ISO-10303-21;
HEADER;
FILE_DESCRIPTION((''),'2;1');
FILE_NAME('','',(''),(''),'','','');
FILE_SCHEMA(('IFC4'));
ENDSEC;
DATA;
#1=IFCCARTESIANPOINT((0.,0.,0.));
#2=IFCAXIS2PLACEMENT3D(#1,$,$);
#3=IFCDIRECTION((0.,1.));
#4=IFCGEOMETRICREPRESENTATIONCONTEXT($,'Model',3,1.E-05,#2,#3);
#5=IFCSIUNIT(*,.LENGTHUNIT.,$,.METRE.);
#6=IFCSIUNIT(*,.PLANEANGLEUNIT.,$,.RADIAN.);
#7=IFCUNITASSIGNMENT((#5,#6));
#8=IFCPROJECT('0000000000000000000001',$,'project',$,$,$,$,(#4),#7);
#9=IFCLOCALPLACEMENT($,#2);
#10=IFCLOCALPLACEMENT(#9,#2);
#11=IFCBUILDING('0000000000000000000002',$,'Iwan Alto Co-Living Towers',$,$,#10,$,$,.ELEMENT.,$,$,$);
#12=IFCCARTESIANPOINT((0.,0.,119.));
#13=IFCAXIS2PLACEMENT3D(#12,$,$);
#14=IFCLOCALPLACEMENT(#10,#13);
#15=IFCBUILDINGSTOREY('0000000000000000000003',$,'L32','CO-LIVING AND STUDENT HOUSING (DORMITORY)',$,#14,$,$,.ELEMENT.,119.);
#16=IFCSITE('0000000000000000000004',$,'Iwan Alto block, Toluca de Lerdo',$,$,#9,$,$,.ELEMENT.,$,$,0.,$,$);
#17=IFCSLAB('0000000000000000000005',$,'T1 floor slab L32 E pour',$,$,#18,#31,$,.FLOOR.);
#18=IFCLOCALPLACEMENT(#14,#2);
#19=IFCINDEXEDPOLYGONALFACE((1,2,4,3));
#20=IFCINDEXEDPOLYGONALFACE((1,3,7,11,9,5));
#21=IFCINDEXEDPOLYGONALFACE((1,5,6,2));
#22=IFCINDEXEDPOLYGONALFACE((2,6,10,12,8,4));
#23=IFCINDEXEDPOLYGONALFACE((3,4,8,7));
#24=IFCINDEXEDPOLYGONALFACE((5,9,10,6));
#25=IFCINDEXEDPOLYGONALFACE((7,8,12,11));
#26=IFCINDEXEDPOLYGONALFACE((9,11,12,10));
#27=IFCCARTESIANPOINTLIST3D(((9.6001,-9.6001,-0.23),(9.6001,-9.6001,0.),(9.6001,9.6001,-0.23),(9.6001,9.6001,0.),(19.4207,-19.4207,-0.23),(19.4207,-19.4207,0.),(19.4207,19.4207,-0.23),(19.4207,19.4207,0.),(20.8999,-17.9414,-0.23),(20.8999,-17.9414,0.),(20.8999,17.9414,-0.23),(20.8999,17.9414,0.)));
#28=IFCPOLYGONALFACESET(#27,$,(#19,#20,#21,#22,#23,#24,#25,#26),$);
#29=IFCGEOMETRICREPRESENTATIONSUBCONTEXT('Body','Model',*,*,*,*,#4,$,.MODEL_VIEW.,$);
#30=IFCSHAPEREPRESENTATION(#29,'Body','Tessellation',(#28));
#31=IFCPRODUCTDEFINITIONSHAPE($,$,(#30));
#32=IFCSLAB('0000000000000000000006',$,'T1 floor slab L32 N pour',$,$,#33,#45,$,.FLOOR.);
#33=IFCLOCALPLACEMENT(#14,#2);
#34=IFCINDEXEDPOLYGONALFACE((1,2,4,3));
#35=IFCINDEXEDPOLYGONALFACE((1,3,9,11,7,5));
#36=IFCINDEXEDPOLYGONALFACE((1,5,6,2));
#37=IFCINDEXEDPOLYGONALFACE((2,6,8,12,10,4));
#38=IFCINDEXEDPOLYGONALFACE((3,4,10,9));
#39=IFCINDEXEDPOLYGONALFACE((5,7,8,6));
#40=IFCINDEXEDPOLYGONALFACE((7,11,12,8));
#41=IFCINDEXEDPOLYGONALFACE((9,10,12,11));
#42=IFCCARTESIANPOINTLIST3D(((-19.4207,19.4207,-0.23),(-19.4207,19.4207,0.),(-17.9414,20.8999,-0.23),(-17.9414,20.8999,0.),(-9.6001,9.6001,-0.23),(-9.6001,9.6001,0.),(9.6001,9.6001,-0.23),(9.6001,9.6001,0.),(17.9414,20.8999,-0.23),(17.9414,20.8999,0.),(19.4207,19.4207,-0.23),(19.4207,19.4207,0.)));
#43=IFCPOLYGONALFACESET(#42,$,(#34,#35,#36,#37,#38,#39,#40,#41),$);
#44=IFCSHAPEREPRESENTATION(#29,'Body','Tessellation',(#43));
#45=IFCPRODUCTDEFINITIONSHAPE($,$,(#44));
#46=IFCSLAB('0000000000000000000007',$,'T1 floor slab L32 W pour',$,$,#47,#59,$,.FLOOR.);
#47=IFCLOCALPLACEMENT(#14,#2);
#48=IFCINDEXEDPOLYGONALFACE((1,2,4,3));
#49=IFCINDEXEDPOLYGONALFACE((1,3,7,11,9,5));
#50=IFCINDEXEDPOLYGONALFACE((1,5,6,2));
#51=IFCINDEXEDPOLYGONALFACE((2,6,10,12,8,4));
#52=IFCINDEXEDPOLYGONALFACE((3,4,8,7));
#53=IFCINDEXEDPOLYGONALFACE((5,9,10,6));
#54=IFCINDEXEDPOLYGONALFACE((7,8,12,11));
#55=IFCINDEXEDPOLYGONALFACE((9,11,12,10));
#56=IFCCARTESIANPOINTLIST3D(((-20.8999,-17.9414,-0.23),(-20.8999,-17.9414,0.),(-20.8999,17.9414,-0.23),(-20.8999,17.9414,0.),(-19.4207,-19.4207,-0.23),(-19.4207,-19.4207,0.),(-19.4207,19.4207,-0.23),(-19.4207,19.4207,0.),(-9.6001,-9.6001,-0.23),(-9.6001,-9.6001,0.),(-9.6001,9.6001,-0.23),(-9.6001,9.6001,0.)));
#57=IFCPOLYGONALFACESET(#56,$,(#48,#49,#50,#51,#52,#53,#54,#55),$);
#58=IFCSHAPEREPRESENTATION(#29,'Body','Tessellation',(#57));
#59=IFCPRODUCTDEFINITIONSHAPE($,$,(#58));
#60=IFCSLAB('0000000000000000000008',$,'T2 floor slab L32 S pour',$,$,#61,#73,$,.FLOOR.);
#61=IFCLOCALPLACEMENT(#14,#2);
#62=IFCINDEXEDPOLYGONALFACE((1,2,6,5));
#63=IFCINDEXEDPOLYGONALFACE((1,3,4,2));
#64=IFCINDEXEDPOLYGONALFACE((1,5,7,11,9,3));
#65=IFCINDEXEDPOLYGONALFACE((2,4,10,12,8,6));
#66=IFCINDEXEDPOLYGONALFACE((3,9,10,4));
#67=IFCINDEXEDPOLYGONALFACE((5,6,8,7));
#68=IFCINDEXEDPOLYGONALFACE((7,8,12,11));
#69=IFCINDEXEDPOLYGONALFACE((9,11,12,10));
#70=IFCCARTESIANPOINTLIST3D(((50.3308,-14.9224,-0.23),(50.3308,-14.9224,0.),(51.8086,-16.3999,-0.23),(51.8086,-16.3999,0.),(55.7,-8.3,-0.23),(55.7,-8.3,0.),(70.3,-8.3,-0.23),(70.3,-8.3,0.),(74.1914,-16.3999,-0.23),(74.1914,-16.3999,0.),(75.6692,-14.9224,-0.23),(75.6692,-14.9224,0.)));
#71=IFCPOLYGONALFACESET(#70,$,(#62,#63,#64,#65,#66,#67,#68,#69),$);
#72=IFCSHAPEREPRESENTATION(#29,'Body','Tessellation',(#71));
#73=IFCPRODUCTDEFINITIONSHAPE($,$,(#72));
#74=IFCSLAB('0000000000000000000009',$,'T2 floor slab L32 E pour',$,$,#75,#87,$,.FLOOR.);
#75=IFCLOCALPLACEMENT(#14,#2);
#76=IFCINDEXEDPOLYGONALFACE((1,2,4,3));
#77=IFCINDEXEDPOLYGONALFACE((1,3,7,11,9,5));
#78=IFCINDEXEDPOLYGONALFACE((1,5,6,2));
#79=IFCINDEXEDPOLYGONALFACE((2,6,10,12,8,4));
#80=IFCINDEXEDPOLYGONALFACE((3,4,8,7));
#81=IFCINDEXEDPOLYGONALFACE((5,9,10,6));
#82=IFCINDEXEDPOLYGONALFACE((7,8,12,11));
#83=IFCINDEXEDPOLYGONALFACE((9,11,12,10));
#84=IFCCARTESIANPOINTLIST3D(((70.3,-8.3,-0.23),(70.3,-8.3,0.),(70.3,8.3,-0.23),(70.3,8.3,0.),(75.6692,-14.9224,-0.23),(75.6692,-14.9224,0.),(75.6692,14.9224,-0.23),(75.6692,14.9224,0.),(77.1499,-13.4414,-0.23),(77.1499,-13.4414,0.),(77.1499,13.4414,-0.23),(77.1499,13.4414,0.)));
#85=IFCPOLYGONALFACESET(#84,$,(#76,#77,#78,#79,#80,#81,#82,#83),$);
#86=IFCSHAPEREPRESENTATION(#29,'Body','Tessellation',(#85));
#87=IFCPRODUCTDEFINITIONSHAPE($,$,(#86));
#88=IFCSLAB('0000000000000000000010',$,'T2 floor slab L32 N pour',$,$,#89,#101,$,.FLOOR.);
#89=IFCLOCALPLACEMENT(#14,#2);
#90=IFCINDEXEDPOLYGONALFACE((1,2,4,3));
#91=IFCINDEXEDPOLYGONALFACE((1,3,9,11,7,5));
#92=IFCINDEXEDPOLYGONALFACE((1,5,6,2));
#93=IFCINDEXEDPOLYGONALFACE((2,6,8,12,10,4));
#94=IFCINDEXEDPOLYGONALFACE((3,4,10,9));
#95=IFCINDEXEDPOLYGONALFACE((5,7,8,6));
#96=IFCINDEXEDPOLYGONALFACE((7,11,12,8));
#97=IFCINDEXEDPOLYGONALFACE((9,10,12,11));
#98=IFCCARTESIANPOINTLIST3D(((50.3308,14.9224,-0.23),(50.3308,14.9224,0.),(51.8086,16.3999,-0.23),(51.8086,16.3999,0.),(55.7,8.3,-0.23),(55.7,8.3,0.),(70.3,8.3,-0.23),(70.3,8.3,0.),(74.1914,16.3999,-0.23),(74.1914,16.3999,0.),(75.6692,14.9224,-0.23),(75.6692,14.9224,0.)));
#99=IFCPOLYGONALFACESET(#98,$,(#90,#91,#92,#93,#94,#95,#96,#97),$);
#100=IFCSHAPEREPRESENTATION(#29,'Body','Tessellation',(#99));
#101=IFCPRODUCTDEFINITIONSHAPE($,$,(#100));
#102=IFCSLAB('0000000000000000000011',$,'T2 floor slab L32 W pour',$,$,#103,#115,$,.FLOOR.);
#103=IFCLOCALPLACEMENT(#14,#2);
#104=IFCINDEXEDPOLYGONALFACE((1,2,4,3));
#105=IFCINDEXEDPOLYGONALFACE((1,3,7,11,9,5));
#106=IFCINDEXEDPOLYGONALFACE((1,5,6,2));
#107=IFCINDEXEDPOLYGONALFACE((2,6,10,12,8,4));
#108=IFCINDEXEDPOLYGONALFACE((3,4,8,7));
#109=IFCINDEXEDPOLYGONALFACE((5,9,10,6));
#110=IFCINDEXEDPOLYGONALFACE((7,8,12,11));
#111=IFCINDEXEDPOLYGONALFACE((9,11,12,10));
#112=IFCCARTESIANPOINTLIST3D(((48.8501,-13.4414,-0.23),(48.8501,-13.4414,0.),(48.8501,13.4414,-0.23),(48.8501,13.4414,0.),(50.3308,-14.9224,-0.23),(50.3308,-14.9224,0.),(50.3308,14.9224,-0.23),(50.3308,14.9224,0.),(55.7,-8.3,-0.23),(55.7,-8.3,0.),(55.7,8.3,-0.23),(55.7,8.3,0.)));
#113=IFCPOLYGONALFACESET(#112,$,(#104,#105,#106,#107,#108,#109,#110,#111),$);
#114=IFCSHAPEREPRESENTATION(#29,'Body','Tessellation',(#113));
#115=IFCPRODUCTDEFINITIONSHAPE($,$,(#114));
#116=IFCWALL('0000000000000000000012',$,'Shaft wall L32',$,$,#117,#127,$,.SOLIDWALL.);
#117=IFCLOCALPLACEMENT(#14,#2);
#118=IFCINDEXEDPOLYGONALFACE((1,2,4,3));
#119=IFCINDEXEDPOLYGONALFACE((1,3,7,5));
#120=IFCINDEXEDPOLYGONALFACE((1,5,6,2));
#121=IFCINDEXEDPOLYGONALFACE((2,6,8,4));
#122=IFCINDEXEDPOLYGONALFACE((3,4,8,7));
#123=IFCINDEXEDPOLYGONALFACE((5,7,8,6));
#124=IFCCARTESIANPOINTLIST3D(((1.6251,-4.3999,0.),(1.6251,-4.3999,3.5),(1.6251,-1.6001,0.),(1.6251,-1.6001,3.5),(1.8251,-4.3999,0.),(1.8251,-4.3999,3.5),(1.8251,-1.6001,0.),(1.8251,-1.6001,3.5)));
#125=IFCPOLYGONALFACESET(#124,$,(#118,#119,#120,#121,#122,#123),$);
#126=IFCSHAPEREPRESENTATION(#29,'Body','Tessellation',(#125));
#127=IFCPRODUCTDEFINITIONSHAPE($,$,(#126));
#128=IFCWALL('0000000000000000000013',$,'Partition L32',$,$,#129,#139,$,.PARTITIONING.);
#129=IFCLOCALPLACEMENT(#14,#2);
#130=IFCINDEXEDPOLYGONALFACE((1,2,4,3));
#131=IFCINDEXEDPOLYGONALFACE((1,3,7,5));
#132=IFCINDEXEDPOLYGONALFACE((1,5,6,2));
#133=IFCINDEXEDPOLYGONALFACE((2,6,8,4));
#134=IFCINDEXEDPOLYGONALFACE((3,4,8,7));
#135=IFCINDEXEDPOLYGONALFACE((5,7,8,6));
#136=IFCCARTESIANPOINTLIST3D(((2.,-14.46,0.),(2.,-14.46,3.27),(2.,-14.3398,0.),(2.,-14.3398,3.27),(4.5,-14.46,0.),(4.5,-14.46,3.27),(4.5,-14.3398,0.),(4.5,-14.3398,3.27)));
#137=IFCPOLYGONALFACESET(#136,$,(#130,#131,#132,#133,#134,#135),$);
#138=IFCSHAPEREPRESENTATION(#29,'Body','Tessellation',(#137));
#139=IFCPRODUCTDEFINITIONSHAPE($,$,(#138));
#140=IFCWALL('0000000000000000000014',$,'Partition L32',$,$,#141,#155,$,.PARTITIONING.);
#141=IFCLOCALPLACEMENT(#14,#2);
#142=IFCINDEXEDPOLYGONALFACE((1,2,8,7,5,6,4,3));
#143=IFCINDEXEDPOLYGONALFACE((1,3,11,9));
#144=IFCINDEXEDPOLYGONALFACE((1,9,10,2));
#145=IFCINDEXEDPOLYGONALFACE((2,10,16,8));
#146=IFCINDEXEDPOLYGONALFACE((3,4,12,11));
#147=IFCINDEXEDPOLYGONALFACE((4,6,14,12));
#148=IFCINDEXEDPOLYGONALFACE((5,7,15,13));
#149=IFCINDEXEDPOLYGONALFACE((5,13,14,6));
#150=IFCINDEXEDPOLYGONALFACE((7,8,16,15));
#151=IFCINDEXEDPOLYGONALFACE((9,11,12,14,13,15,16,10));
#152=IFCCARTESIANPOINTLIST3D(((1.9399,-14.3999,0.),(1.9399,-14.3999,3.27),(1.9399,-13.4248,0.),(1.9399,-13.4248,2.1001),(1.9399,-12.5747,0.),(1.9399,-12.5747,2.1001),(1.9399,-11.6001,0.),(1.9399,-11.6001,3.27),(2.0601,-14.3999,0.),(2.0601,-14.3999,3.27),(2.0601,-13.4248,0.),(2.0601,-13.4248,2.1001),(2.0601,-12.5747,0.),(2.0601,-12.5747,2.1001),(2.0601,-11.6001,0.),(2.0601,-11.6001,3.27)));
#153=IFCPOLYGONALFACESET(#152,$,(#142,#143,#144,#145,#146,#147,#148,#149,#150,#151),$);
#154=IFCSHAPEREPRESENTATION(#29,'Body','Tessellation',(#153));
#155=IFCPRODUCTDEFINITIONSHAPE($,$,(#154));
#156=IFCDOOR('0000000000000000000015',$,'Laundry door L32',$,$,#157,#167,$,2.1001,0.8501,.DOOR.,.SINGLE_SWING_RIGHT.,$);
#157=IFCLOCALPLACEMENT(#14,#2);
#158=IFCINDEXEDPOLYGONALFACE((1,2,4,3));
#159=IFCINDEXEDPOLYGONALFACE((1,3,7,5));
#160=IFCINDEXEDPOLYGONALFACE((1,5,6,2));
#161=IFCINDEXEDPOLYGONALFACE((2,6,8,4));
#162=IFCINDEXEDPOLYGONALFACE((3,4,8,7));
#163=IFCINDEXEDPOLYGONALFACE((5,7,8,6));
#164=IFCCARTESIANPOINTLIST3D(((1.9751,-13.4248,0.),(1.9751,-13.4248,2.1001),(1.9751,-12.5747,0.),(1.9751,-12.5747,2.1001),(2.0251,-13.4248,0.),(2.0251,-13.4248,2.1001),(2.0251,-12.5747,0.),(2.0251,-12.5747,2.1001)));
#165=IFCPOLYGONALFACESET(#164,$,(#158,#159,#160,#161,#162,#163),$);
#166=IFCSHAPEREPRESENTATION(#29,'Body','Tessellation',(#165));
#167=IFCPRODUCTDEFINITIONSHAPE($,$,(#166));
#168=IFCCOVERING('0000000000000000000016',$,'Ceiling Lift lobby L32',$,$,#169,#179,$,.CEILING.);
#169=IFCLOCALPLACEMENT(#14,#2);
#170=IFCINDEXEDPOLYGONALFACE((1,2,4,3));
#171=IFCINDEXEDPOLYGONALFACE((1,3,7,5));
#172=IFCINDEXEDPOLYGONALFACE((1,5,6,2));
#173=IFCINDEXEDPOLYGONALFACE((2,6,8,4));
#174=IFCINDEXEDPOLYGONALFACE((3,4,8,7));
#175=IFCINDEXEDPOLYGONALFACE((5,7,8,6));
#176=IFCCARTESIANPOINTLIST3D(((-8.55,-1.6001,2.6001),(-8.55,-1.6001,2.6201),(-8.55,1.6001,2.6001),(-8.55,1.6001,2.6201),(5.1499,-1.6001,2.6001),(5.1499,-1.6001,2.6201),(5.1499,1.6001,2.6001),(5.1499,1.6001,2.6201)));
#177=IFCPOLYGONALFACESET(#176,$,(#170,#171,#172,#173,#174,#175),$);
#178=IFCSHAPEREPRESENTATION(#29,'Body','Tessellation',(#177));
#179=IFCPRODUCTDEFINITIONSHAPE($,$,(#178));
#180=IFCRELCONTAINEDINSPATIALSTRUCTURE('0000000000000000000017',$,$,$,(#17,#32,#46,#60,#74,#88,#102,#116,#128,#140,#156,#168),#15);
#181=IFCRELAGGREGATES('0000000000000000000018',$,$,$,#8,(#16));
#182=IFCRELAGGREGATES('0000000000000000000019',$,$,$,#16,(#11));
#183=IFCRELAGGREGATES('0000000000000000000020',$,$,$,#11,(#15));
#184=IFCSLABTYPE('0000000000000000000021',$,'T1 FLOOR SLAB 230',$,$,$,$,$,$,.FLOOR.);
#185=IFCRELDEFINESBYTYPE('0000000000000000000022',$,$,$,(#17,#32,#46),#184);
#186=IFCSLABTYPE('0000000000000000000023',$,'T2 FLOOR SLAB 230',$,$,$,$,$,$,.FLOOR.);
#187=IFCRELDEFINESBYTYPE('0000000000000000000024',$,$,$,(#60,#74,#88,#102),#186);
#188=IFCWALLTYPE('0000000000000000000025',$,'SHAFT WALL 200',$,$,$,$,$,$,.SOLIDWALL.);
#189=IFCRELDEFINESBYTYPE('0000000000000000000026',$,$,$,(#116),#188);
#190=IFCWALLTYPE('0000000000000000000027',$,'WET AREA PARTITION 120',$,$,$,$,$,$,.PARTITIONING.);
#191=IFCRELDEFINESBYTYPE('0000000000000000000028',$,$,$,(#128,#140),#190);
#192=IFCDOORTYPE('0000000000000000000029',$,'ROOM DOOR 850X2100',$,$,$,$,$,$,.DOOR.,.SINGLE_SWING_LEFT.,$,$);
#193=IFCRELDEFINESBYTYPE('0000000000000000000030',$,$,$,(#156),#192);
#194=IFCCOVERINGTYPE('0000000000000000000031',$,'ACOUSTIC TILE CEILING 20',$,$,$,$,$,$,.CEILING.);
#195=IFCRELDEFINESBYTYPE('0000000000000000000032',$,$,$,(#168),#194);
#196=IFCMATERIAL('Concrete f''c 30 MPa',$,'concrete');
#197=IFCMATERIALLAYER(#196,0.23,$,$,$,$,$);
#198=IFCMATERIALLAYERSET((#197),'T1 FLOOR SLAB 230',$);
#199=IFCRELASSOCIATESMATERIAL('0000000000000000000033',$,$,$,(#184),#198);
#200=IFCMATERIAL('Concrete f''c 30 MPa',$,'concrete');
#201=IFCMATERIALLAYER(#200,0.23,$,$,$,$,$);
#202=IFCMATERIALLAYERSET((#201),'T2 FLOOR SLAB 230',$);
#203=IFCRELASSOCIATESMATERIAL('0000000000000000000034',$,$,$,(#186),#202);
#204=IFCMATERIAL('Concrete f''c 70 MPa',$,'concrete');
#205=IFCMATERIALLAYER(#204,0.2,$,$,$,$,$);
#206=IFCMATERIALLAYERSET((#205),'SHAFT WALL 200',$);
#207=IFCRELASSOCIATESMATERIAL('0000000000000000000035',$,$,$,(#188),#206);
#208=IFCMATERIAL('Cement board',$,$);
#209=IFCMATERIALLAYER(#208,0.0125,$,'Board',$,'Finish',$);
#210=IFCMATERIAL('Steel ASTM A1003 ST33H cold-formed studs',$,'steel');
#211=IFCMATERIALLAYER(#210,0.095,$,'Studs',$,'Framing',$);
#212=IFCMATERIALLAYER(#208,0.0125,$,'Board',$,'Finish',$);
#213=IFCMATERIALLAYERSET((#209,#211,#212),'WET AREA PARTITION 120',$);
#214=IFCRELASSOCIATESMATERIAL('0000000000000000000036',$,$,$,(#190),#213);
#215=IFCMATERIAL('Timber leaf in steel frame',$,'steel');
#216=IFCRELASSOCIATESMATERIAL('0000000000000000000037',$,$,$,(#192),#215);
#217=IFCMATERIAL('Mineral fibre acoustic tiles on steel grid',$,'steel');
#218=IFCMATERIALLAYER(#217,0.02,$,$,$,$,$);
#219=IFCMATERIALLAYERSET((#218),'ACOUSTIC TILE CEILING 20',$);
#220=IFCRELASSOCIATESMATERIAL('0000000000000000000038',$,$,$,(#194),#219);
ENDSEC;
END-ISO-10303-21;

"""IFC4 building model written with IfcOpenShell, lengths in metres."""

from ifc_helpers import new_model, si_unit, direction, frame, frame_2d, origin, place, context, subcontext, project, spatial, polyline, rectangle, outline, extrude, material, layer, layer_set, type_object, element, fill, save


model = new_model("IFC4")

# Units and contexts
model_context = context("Model", 3, precision=1e-05, world=origin(), true_north=direction((0.0, 1.0)))
body_context = subcontext(model_context, "Body", "Model", "MODEL_VIEW")
ifc_project = project(units=[si_unit("LENGTHUNIT", "METRE"), si_unit("PLANEANGLEUNIT", "RADIAN")], contexts=[model_context])

# Site, building, storey
site_placement = place(None, origin())
site = spatial("IfcSite", under=ifc_project, at=site_placement, Name="Iwan Alto block, Toluca de Lerdo", CompositionType="ELEMENT", RefElevation=0.0)
building_placement = place(site_placement, origin())
building = spatial("IfcBuilding", under=site, at=building_placement, Name="Iwan Alto Co-Living Towers", CompositionType="ELEMENT")
storey_placement = place(building_placement, frame((0.0, 0.0, 119.0)))
storey = spatial("IfcBuildingStorey", under=building, at=storey_placement, Name="L32", Description="CO-LIVING AND STUDENT HOUSING (DORMITORY)", CompositionType="ELEMENT", Elevation=119.0)

# Slabs
ifc_material_1 = material(Name="Concrete f'c 30 MPa", Category="concrete")
ifc_layer_1 = layer(ifc_material_1, 0.23)
ifc_layer_set_1 = layer_set([ifc_layer_1], Name="T1 FLOOR SLAB 230")
slab_type_1 = type_object("IfcSlabType", Name="T1 FLOOR SLAB 230", PredefinedType="FLOOR", material=ifc_layer_set_1)
slab_1_placement = place(storey_placement, frame((0.0, 0.0, -0.23)))
element("IfcSlab", 1, at=slab_1_placement, inside=storey, type_object=slab_type_1, Name="T1 floor slab L32 E pour", PredefinedType="FLOOR", context=body_context, shape_type="SweptSolid", body=[
    extrude(outline(polyline([(20.8999, 17.9414), (20.8999, -17.9414), (19.4207, -19.4207), (9.6001, -9.6001), (9.6001, 9.6001), (19.4207, 19.4207), (20.8999, 17.9414)])), origin(), (0.0, 0.0, 1.0), 0.23),
])
slab_2_placement = place(storey_placement, frame((0.0, 0.0, -0.23)))
element("IfcSlab", 2, at=slab_2_placement, inside=storey, type_object=slab_type_1, Name="T1 floor slab L32 N pour", PredefinedType="FLOOR", context=body_context, shape_type="SweptSolid", body=[
    extrude(outline(polyline([(-17.9414, 20.8999), (17.9414, 20.8999), (19.4207, 19.4207), (9.6001, 9.6001), (-9.6001, 9.6001), (-19.4207, 19.4207), (-17.9414, 20.8999)])), origin(), (0.0, 0.0, 1.0), 0.23),
])
slab_3_placement = place(storey_placement, frame((0.0, 0.0, -0.23)))
element("IfcSlab", 3, at=slab_3_placement, inside=storey, type_object=slab_type_1, Name="T1 floor slab L32 W pour", PredefinedType="FLOOR", context=body_context, shape_type="SweptSolid", body=[
    extrude(outline(polyline([(-20.8999, 17.9414), (-19.4207, 19.4207), (-9.6001, 9.6001), (-9.6001, -9.6001), (-19.4207, -19.4207), (-20.8999, -17.9414), (-20.8999, 17.9414)])), origin(), (0.0, 0.0, 1.0), 0.23),
])
ifc_material_2 = material(Name="Concrete f'c 30 MPa", Category="concrete")
ifc_layer_2 = layer(ifc_material_2, 0.23)
ifc_layer_set_2 = layer_set([ifc_layer_2], Name="T2 FLOOR SLAB 230")
slab_type_2 = type_object("IfcSlabType", Name="T2 FLOOR SLAB 230", PredefinedType="FLOOR", material=ifc_layer_set_2)
slab_4_placement = place(storey_placement, frame((0.0, 0.0, -0.23)))
element("IfcSlab", 4, at=slab_4_placement, inside=storey, type_object=slab_type_2, Name="T2 floor slab L32 S pour", PredefinedType="FLOOR", context=body_context, shape_type="SweptSolid", body=[
    extrude(outline(polyline([(74.1914, -16.3999), (51.8086, -16.3999), (50.3308, -14.9224), (55.7, -8.3), (70.3, -8.3), (75.6692, -14.9224), (74.1914, -16.3999)])), origin(), (0.0, 0.0, 1.0), 0.23),
])
slab_5_placement = place(storey_placement, frame((0.0, 0.0, -0.23)))
element("IfcSlab", 5, at=slab_5_placement, inside=storey, type_object=slab_type_2, Name="T2 floor slab L32 E pour", PredefinedType="FLOOR", context=body_context, shape_type="SweptSolid", body=[
    extrude(outline(polyline([(77.1499, 13.4414), (77.1499, -13.4414), (75.6692, -14.9224), (70.3, -8.3), (70.3, 8.3), (75.6692, 14.9224), (77.1499, 13.4414)])), origin(), (0.0, 0.0, 1.0), 0.23),
])
slab_6_placement = place(storey_placement, frame((0.0, 0.0, -0.23)))
element("IfcSlab", 6, at=slab_6_placement, inside=storey, type_object=slab_type_2, Name="T2 floor slab L32 N pour", PredefinedType="FLOOR", context=body_context, shape_type="SweptSolid", body=[
    extrude(outline(polyline([(51.8086, 16.3999), (74.1914, 16.3999), (75.6692, 14.9224), (70.3, 8.3), (55.7, 8.3), (50.3308, 14.9224), (51.8086, 16.3999)])), origin(), (0.0, 0.0, 1.0), 0.23),
])
slab_7_placement = place(storey_placement, frame((0.0, 0.0, -0.23)))
element("IfcSlab", 7, at=slab_7_placement, inside=storey, type_object=slab_type_2, Name="T2 floor slab L32 W pour", PredefinedType="FLOOR", context=body_context, shape_type="SweptSolid", body=[
    extrude(outline(polyline([(48.8501, 13.4414), (50.3308, 14.9224), (55.7, 8.3), (55.7, -8.3), (50.3308, -14.9224), (48.8501, -13.4414), (48.8501, 13.4414)])), origin(), (0.0, 0.0, 1.0), 0.23),
])

# Walls
ifc_material_3 = material(Name="Concrete f'c 70 MPa", Category="concrete")
ifc_layer_3 = layer(ifc_material_3, 0.2)
ifc_layer_set_3 = layer_set([ifc_layer_3], Name="SHAFT WALL 200")
wall_type_1 = type_object("IfcWallType", Name="SHAFT WALL 200", PredefinedType="SOLIDWALL", material=ifc_layer_set_3)
wall_1_placement = place(storey_placement, frame((1.7251, -4.3999, 0.0), z_axis=(0.0, 0.0, 1.0), x_axis=(0.0, 1.0, 0.0)))
element("IfcWall", 8, at=wall_1_placement, inside=storey, type_object=wall_type_1, Name="Shaft wall L32", PredefinedType="SOLIDWALL", context=body_context, shape_type="SweptSolid", body=[
    extrude(rectangle(XDim=2.7998, YDim=0.2, at=frame_2d((1.3999, 0.0))), origin(), (0.0, 0.0, 1.0), 3.5),
])
ifc_material_4 = material(Name="Cement board")
ifc_layer_4 = layer(ifc_material_4, 0.0125, Name="Board", Category="Finish")
ifc_material_5 = material(Name="Steel ASTM A1003 ST33H cold-formed studs", Category="steel")
ifc_layer_5 = layer(ifc_material_5, 0.095, Name="Studs", Category="Framing")
ifc_layer_6 = layer(ifc_material_4, 0.0125, Name="Board", Category="Finish")
ifc_layer_set_4 = layer_set([ifc_layer_4, ifc_layer_5, ifc_layer_6], Name="WET AREA PARTITION 120")
wall_type_2 = type_object("IfcWallType", Name="WET AREA PARTITION 120", PredefinedType="PARTITIONING", material=ifc_layer_set_4)
wall_2_placement = place(storey_placement, frame((2.0, -14.3999, 0.0), z_axis=(0.0, 0.0, 1.0), x_axis=(1.0, 0.0, 0.0)))
element("IfcWall", 9, at=wall_2_placement, inside=storey, type_object=wall_type_2, Name="Partition L32", PredefinedType="PARTITIONING", context=body_context, shape_type="SweptSolid", body=[
    extrude(rectangle(XDim=2.5, YDim=0.1201, at=frame_2d((1.25, 0.0))), origin(), (0.0, 0.0, 1.0), 3.27),
])

# Wall, opening, door
wall_3_placement = place(storey_placement, frame((2.0, -14.3999, 0.0), z_axis=(0.0, 0.0, 1.0), x_axis=(0.0, 1.0, 0.0)))
wall_3 = element("IfcWall", 10, at=wall_3_placement, inside=storey, type_object=wall_type_2, Name="Partition L32", PredefinedType="PARTITIONING", context=body_context, shape_type="SweptSolid", body=[
    extrude(rectangle(XDim=2.7998, YDim=0.1201, at=frame_2d((1.3999, 0.0))), origin(), (0.0, 0.0, 1.0), 3.27),
])
opening_placement = place(wall_3_placement, frame((0.9751, 0.0, 0.0)))
opening = element("IfcOpeningElement", 11, at=opening_placement, cuts=wall_3, PredefinedType="OPENING", context=body_context, shape_type="SweptSolid", body=[
    extrude(rectangle(XDim=0.8501, YDim=2.1001, at=frame_2d((0.425, 1.05))), frame((0.0, 0.0701, 0.0), z_axis=(0.0, -1.0, 0.0), x_axis=(1.0, 0.0, 0.0)), (0.0, 0.0, 1.0), 0.1401),
])
ifc_material_6 = material(Name="Timber leaf in steel frame", Category="steel")
door_type = type_object("IfcDoorType", Name="ROOM DOOR 850X2100", OperationType="SINGLE_SWING_LEFT", PredefinedType="DOOR", material=ifc_material_6)
door_placement = place(opening_placement, origin())
door = element("IfcDoor", 12, at=door_placement, inside=storey, type_object=door_type, Name="Laundry door L32", OperationType="SINGLE_SWING_RIGHT", OverallHeight=2.1001, OverallWidth=0.8501, PredefinedType="DOOR", context=body_context, shape_type="SweptSolid", body=[
    extrude(rectangle(XDim=0.8501, YDim=2.1001, at=frame_2d((0.425, 1.05))), frame((0.0, 0.0249, 0.0), z_axis=(0.0, -1.0, 0.0), x_axis=(1.0, 0.0, 0.0)), (0.0, 0.0, 1.0), 0.05),
])
fill(opening, door)

# Covering
ifc_material_7 = material(Name="Mineral fibre acoustic tiles on steel grid", Category="steel")
ifc_layer_7 = layer(ifc_material_7, 0.02)
ifc_layer_set_5 = layer_set([ifc_layer_7], Name="ACOUSTIC TILE CEILING 20")
covering_type = type_object("IfcCoveringType", Name="ACOUSTIC TILE CEILING 20", PredefinedType="CEILING", material=ifc_layer_set_5)
covering_placement = place(storey_placement, frame((0.0, 0.0, 2.6001)))
element("IfcCovering", 13, at=covering_placement, inside=storey, type_object=covering_type, Name="Ceiling Lift lobby L32", PredefinedType="CEILING", context=body_context, shape_type="SweptSolid", body=[
    extrude(outline(polyline([(-8.55, -1.6001), (-8.55, 1.6001), (5.1499, 1.6001), (5.1499, -1.6001), (-8.55, -1.6001)])), origin(), (0.0, 0.0, 1.0), 0.02),
])

save(model, "model.ifc")
